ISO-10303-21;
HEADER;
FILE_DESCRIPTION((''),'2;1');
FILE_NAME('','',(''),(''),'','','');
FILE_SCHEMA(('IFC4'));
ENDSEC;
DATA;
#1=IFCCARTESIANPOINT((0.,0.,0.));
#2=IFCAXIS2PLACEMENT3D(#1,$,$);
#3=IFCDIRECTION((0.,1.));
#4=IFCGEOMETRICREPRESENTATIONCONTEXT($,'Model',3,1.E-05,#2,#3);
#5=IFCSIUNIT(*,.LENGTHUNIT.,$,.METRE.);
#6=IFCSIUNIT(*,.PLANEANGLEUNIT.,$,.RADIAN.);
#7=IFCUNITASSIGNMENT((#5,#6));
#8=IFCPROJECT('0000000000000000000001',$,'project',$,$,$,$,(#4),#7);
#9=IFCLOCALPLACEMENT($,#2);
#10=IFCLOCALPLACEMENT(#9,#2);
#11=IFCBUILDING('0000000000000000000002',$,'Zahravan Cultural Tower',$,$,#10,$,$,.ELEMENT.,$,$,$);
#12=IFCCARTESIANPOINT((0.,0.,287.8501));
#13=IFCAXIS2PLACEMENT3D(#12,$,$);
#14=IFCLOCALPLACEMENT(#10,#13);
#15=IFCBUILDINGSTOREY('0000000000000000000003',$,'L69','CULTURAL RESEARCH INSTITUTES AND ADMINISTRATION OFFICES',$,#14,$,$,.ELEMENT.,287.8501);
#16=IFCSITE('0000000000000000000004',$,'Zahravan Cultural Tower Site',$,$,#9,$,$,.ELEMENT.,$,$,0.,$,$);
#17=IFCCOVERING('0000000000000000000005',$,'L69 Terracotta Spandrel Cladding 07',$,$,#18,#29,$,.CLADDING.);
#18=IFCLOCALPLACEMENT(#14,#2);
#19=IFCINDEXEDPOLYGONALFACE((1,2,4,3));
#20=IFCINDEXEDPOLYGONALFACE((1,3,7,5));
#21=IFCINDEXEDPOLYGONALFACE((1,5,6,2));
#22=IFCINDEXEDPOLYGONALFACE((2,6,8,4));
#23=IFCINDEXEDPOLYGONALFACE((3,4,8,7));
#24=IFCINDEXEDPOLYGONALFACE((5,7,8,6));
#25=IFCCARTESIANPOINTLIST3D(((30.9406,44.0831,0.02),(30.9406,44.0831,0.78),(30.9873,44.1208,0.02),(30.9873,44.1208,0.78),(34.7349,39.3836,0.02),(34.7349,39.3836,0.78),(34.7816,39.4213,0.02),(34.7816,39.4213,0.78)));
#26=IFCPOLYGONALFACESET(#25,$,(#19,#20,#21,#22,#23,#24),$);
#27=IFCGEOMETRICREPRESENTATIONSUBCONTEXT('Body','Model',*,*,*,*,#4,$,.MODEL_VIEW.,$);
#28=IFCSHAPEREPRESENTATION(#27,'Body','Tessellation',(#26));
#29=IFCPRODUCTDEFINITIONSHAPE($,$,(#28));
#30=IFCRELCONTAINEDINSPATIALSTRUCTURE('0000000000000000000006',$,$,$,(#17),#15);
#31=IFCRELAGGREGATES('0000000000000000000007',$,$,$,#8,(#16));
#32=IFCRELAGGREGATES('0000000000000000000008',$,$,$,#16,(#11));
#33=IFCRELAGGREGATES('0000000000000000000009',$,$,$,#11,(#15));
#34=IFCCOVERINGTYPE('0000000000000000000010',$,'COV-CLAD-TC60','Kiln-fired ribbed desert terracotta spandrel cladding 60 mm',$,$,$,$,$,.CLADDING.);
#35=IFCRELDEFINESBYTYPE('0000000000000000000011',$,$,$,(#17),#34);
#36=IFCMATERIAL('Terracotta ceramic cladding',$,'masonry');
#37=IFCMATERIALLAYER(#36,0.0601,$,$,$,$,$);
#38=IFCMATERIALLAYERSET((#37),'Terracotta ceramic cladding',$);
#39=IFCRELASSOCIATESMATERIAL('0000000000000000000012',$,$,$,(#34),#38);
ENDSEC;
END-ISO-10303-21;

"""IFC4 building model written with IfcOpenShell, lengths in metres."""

from ifc_helpers import new_model, si_unit, direction, frame, origin, origin_2d, place, context, subcontext, project, spatial, rectangle, extrude, source, transform, mapped, material, layer, layer_set, type_object, element, save


model = new_model("IFC4")

# Units and contexts
model_context = context("Model", 3, precision=1e-05, world=origin(), true_north=direction((0.0, 1.0)))
body_context = subcontext(model_context, "Body", "Model", "MODEL_VIEW")
ifc_project = project(units=[si_unit("LENGTHUNIT", "METRE"), si_unit("PLANEANGLEUNIT", "RADIAN")], contexts=[model_context])

# Site, building, storey
site_placement = place(None, origin())
site = spatial("IfcSite", under=ifc_project, at=site_placement, Name="Zahravan Cultural Tower Site", CompositionType="ELEMENT", RefElevation=0.0)
building_placement = place(site_placement, origin())
building = spatial("IfcBuilding", under=site, at=building_placement, Name="Zahravan Cultural Tower", CompositionType="ELEMENT")
storey_placement = place(building_placement, frame((0.0, 0.0, 287.8501)))
storey = spatial("IfcBuildingStorey", under=building, at=storey_placement, Name="L69", Description="CULTURAL RESEARCH INSTITUTES AND ADMINISTRATION OFFICES", CompositionType="ELEMENT", Elevation=287.8501)

# Covering
ifc_material_1 = material(Name="Terracotta ceramic cladding", Category="masonry")
ifc_layer_1 = layer(ifc_material_1, 0.0601)
ifc_layer_set_1 = layer_set([ifc_layer_1], Name="Terracotta ceramic cladding")
covering_type = type_object("IfcCoveringType", Name="COV-CLAD-TC60", Description="Kiln-fired ribbed desert terracotta spandrel cladding 60 mm", PredefinedType="CLADDING", material=ifc_layer_set_1)
shared_shape_1 = source(origin(), body_context, "Body", "SweptSolid", [
    extrude(rectangle(XDim=6.04, YDim=0.0601, at=origin_2d()), origin(), (0.0, 0.0, 1.0), 0.76),
])
covering_1_placement = place(storey_placement, frame((32.8611, 41.7522, 0.02), z_axis=(0.0, 0.0, 1.0), x_axis=(0.628194, -0.778057, 0.0)))
element("IfcCovering", 1, at=covering_1_placement, inside=storey, type_object=covering_type, Name="L69 Terracotta Spandrel Cladding 07", PredefinedType="CLADDING", context=body_context, shape_type="MappedRepresentation", body=[
    mapped(shared_shape_1, transform((0.0, 0.0, 0.0), x_axis=(1.0, 0.0, 0.0), y_axis=(0.0, 1.0, 0.0), z_axis=(0.0, 0.0, 1.0), scale=1.0)),
])

save(model, "model.ifc")
